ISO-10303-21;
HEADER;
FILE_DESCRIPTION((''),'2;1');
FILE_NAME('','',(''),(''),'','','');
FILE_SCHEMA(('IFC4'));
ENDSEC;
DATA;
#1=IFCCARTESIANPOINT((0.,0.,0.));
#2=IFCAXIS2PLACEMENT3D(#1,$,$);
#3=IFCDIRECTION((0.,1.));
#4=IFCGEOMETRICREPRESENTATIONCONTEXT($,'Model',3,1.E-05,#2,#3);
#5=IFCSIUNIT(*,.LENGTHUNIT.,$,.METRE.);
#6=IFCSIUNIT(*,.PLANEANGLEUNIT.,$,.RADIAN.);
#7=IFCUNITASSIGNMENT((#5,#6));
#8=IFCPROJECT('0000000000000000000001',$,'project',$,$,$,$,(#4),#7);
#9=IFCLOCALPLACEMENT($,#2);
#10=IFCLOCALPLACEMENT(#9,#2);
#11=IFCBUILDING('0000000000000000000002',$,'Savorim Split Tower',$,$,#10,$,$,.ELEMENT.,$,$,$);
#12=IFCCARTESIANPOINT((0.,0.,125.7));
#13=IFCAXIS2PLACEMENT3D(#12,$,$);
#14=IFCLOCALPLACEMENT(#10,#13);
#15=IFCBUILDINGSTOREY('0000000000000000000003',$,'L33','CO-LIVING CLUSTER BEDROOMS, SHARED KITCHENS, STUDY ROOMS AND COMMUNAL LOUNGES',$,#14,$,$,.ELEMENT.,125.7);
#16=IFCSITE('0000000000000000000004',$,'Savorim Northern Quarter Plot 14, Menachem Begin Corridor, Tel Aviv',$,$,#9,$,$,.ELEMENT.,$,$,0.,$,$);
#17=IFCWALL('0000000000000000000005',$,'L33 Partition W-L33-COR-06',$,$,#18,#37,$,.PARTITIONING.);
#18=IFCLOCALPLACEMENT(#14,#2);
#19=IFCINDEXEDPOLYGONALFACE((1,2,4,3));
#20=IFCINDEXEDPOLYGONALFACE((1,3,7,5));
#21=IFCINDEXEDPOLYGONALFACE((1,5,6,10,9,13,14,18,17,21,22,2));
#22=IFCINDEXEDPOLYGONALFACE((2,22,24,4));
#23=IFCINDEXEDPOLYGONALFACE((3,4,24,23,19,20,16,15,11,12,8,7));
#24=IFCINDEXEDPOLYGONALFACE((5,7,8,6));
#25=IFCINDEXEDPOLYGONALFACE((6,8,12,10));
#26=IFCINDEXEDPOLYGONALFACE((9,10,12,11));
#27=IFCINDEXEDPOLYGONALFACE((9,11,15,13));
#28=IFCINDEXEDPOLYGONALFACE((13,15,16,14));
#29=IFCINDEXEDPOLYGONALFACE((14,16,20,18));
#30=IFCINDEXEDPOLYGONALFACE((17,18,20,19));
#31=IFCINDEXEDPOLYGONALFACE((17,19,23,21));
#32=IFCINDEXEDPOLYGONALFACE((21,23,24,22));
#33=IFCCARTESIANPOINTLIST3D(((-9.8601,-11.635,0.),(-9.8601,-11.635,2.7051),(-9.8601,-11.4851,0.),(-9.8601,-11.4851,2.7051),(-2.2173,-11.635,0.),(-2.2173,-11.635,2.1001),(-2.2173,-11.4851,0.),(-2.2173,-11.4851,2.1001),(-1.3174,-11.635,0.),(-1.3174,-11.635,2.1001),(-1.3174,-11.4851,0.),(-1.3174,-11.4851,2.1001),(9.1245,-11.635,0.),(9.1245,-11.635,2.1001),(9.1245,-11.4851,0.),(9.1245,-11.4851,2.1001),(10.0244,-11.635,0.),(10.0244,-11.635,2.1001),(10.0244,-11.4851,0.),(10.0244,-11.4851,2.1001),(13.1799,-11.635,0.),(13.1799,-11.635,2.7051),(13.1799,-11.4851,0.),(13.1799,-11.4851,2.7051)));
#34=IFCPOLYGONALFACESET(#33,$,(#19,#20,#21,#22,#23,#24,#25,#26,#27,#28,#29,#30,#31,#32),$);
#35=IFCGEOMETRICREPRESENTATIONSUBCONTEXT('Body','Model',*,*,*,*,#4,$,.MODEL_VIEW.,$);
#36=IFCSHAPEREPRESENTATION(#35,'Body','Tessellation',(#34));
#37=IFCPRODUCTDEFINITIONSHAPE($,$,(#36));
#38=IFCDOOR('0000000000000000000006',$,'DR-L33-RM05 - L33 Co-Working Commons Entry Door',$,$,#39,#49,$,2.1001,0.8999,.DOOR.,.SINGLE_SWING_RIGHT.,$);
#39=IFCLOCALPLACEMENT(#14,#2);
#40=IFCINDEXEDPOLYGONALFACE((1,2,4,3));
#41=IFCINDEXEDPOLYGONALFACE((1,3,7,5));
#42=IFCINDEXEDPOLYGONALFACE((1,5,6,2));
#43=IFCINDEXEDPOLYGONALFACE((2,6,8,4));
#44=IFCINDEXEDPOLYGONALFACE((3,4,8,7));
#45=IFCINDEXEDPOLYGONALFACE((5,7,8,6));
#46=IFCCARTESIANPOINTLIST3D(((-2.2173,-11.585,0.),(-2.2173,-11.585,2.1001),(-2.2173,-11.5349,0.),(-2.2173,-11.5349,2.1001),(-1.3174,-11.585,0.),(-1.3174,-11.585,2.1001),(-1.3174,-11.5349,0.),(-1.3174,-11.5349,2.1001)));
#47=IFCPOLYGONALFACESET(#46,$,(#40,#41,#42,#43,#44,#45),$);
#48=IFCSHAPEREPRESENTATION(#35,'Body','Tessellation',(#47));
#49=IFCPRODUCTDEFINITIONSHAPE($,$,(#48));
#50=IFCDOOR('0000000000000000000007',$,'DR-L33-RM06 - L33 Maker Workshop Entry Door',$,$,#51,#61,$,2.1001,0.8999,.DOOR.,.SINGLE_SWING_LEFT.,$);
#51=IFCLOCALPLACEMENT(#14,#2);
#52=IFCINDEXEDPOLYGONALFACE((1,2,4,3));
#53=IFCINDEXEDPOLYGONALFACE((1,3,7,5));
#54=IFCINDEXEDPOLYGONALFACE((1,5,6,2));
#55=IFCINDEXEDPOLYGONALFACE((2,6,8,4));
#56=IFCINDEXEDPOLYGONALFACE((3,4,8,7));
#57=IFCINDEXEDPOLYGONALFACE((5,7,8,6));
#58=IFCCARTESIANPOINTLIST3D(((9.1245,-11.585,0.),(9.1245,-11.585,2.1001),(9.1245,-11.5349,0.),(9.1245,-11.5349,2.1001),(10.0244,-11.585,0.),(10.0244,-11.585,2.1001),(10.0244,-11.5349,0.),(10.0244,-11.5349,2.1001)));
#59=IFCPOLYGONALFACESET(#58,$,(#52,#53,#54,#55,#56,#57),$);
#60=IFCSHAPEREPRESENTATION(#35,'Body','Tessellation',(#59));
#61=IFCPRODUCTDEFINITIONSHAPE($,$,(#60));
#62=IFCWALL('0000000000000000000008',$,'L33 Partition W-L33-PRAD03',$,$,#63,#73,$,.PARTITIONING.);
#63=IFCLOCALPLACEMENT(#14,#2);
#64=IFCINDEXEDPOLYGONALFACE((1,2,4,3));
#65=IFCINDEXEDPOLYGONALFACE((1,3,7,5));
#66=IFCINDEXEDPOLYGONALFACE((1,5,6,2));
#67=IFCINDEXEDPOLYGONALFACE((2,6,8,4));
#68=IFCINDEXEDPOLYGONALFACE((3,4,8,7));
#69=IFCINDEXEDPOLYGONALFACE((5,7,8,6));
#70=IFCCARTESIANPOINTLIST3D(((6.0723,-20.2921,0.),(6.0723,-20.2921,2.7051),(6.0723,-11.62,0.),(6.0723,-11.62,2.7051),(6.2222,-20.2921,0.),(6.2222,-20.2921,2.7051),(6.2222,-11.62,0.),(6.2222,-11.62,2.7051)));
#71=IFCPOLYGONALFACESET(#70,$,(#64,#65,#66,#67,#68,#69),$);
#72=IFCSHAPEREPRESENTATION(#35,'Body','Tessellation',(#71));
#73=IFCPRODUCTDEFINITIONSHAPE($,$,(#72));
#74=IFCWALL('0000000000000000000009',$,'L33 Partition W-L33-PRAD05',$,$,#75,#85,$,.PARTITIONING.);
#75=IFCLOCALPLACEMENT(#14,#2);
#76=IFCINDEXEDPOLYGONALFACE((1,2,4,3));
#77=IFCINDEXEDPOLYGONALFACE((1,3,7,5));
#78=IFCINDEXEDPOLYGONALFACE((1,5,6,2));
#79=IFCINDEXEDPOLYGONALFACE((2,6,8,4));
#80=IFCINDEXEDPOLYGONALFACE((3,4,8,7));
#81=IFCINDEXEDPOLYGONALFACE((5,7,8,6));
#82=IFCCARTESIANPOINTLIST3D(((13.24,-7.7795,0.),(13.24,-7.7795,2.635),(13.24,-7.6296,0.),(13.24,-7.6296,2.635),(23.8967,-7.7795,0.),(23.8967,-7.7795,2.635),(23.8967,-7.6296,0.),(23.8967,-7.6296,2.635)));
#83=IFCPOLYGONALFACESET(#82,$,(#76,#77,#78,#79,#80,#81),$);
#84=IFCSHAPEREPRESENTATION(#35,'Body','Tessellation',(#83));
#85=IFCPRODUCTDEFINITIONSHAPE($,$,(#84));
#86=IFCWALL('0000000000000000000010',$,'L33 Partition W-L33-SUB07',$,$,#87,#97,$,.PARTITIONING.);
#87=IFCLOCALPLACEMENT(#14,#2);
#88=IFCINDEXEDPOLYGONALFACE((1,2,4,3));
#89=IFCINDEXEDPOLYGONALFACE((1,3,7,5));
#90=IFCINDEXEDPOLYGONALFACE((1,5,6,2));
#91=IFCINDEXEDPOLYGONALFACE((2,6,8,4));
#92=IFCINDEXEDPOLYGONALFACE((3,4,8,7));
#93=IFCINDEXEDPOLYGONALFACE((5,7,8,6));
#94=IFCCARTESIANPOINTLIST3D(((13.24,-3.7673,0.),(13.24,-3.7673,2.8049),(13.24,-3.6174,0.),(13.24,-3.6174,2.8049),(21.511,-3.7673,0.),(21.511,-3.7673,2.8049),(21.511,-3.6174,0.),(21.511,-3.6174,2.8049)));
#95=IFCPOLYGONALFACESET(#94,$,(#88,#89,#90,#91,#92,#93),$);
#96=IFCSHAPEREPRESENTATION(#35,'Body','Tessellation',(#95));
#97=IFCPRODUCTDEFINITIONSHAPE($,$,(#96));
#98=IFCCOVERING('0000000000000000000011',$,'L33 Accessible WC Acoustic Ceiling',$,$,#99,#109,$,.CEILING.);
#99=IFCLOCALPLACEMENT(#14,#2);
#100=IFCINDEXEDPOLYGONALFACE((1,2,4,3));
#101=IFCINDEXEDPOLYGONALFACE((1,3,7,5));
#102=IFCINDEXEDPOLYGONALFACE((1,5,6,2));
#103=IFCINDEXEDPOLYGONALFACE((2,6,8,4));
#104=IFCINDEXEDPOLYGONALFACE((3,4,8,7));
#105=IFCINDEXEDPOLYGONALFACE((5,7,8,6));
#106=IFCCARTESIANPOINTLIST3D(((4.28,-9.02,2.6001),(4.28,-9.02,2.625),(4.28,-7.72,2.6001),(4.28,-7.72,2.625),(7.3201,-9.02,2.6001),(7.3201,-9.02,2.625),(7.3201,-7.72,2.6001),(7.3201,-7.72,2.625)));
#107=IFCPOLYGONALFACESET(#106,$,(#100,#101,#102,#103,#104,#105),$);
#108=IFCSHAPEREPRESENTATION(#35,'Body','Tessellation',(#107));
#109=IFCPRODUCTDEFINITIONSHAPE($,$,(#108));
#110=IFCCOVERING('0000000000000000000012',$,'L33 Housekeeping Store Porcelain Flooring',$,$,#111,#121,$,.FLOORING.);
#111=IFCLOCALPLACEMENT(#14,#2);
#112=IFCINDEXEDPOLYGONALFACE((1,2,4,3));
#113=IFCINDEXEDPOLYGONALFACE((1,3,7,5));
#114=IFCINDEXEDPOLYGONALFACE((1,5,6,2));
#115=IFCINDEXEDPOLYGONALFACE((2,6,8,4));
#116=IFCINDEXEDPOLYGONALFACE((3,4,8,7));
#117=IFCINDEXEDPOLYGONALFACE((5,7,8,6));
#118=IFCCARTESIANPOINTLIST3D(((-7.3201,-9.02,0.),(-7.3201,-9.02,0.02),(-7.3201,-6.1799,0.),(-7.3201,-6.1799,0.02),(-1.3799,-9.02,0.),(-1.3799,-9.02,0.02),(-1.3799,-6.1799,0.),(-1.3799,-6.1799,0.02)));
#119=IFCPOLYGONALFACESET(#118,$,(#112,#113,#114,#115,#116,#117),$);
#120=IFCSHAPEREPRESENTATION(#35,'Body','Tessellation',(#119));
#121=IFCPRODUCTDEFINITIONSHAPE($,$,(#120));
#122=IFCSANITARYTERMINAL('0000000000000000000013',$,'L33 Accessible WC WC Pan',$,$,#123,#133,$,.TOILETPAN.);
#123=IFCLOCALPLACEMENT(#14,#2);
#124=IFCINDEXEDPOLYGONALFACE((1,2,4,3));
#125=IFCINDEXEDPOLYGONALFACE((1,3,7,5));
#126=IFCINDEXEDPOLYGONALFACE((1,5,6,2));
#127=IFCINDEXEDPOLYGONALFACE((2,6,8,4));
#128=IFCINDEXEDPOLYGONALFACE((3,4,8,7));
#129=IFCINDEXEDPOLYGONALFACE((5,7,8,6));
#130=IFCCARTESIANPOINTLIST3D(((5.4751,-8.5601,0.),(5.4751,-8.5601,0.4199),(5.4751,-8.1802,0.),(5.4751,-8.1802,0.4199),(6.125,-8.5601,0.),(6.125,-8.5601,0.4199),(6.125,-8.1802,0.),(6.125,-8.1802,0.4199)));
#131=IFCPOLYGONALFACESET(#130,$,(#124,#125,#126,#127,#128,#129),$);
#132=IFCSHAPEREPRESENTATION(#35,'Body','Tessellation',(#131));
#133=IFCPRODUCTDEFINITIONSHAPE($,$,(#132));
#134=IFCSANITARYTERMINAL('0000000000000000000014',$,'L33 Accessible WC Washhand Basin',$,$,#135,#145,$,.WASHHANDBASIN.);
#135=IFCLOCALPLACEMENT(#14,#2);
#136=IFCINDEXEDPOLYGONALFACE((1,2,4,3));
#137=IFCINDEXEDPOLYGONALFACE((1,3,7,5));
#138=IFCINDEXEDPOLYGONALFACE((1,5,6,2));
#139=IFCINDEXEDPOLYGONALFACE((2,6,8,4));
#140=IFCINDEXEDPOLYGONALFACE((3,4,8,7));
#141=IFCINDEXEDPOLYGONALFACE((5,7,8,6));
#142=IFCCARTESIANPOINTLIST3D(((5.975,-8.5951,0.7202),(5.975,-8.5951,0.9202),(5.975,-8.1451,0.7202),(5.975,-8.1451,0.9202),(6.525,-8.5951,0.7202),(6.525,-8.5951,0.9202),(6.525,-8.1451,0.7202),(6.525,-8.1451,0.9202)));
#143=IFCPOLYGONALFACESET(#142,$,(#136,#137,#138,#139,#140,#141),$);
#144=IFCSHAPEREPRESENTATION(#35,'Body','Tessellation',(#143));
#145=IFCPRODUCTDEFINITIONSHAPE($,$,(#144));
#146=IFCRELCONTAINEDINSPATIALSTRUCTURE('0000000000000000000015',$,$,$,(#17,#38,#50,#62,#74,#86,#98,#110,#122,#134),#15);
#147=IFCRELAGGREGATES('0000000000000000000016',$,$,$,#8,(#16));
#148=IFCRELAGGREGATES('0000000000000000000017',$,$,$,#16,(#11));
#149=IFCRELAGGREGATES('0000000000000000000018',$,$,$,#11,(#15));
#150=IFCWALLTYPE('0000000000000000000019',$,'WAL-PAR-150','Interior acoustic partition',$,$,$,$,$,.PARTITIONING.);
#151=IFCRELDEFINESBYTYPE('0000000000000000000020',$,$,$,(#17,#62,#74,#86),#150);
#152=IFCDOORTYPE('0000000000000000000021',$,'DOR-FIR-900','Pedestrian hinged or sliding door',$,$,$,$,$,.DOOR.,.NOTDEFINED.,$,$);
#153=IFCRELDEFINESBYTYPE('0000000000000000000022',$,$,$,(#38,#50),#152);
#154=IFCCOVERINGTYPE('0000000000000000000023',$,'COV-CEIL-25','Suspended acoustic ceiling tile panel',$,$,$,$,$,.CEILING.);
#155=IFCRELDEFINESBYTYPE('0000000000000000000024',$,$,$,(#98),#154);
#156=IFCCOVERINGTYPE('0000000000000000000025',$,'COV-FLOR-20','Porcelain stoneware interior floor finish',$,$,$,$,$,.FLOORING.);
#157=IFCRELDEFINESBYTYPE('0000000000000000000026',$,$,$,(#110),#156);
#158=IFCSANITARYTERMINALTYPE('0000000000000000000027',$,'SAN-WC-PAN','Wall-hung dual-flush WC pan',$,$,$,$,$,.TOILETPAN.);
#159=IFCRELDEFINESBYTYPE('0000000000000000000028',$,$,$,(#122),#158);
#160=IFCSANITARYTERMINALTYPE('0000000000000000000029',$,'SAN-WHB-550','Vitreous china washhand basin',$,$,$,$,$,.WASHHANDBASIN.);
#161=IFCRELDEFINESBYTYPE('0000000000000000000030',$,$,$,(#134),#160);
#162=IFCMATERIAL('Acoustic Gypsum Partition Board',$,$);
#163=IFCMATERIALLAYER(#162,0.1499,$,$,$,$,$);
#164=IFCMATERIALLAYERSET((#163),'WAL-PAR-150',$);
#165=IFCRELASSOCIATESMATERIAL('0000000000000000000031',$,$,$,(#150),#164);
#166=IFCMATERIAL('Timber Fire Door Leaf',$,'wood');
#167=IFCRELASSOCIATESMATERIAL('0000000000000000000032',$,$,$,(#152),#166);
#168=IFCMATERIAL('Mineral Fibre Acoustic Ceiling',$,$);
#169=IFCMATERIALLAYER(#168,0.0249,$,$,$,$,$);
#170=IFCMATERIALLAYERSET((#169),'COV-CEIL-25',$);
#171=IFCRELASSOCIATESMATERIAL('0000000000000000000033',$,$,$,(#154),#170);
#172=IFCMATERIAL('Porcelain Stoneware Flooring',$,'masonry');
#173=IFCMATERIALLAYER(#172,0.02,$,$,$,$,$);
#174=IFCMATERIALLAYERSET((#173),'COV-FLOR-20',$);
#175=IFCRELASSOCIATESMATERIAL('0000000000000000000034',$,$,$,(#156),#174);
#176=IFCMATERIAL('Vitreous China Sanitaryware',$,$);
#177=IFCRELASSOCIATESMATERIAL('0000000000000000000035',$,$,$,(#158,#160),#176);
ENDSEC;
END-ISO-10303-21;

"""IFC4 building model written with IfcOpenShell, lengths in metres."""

from ifc_helpers import new_model, si_unit, direction, frame, frame_2d, origin, origin_2d, place, context, subcontext, project, spatial, polyline, rectangle, outline, extrude, material, layer, layer_set, type_object, element, fill, save


model = new_model("IFC4")

# Units and contexts
model_context = context("Model", 3, precision=1e-05, world=origin(), true_north=direction((0.0, 1.0)))
body_context = subcontext(model_context, "Body", "Model", "MODEL_VIEW")
ifc_project = project(units=[si_unit("LENGTHUNIT", "METRE"), si_unit("PLANEANGLEUNIT", "RADIAN")], contexts=[model_context])

# Site, building, storey
site_placement = place(None, origin())
site = spatial("IfcSite", under=ifc_project, at=site_placement, Name="Savorim Northern Quarter Plot 14, Menachem Begin Corridor, Tel Aviv", CompositionType="ELEMENT", RefElevation=0.0)
building_placement = place(site_placement, origin())
building = spatial("IfcBuilding", under=site, at=building_placement, Name="Savorim Split Tower", CompositionType="ELEMENT")
storey_placement = place(building_placement, frame((0.0, 0.0, 125.7)))
storey = spatial("IfcBuildingStorey", under=building, at=storey_placement, Name="L33", Description="CO-LIVING CLUSTER BEDROOMS, SHARED KITCHENS, STUDY ROOMS AND COMMUNAL LOUNGES", CompositionType="ELEMENT", Elevation=125.7)

# Shared definitions
ifc_material_1 = material(Name="Timber Fire Door Leaf", Category="wood")

# Shared definitions
ifc_material_2 = material(Name="Acoustic Gypsum Partition Board")
ifc_layer_1 = layer(ifc_material_2, 0.1499)
ifc_layer_set_1 = layer_set([ifc_layer_1], Name="WAL-PAR-150")
wall_type_1 = type_object("IfcWallType", Name="WAL-PAR-150", Description="Interior acoustic partition", PredefinedType="PARTITIONING", material=ifc_layer_set_1)
door_type_1 = type_object("IfcDoorType", Name="DOR-FIR-900", Description="Pedestrian hinged or sliding door", OperationType="NOTDEFINED", PredefinedType="DOOR", material=ifc_material_1)

# Wall, openings, doors
wall_1_placement = place(storey_placement, frame((13.1799, -11.5601, 0.0), z_axis=(0.0, 0.0, 1.0), x_axis=(-1.0, 0.0, 0.0)))
wall_1 = element("IfcWall", 1, at=wall_1_placement, inside=storey, type_object=wall_type_1, Name="L33 Partition W-L33-COR-06", PredefinedType="PARTITIONING", context=body_context, shape_type="SweptSolid", body=[
    extrude(rectangle(XDim=23.04, YDim=0.1499, at=frame_2d((11.52, 0.0))), origin(), (0.0, 0.0, 1.0), 2.7051),
])
opening_1_placement = place(wall_1_placement, frame((14.4973, 0.0, 0.0)))
opening_1 = element("IfcOpeningElement", 2, at=opening_1_placement, cuts=wall_1, PredefinedType="OPENING", context=body_context, shape_type="SweptSolid", body=[
    extrude(rectangle(XDim=0.8999, YDim=2.1001, at=frame_2d((0.45, 1.05))), frame((0.0, 0.085, 0.0), z_axis=(0.0, -1.0, 0.0), x_axis=(1.0, 0.0, 0.0)), (0.0, 0.0, 1.0), 0.1699),
])
opening_2_placement = place(wall_1_placement, frame((3.1555, 0.0, 0.0)))
opening_2 = element("IfcOpeningElement", 3, at=opening_2_placement, cuts=wall_1, PredefinedType="OPENING", context=body_context, shape_type="SweptSolid", body=[
    extrude(rectangle(XDim=0.8999, YDim=2.1001, at=frame_2d((0.45, 1.05))), frame((0.0, 0.085, 0.0), z_axis=(0.0, -1.0, 0.0), x_axis=(1.0, 0.0, 0.0)), (0.0, 0.0, 1.0), 0.1699),
])
door_1_placement = place(opening_1_placement, origin())
door_1 = element("IfcDoor", 4, at=door_1_placement, inside=storey, type_object=door_type_1, Name="DR-L33-RM05 - L33 Co-Working Commons Entry Door", OperationType="SINGLE_SWING_RIGHT", OverallHeight=2.1001, OverallWidth=0.8999, PredefinedType="DOOR", context=body_context, shape_type="SweptSolid", body=[
    extrude(rectangle(XDim=0.8999, YDim=2.1001, at=frame_2d((0.45, 1.05))), frame((0.0, 0.0249, 0.0), z_axis=(0.0, -1.0, 0.0), x_axis=(1.0, 0.0, 0.0)), (0.0, 0.0, 1.0), 0.05),
])
fill(opening_1, door_1)
door_2_placement = place(opening_2_placement, origin())
door_2 = element("IfcDoor", 5, at=door_2_placement, inside=storey, type_object=door_type_1, Name="DR-L33-RM06 - L33 Maker Workshop Entry Door", OperationType="SINGLE_SWING_LEFT", OverallHeight=2.1001, OverallWidth=0.8999, PredefinedType="DOOR", context=body_context, shape_type="SweptSolid", body=[
    extrude(rectangle(XDim=0.8999, YDim=2.1001, at=frame_2d((0.45, 1.05))), frame((0.0, 0.0249, 0.0), z_axis=(0.0, -1.0, 0.0), x_axis=(1.0, 0.0, 0.0)), (0.0, 0.0, 1.0), 0.05),
])
fill(opening_2, door_2)

# Walls
wall_2_placement = place(storey_placement, frame((6.1472, -11.6201, 0.0), z_axis=(0.0, 0.0, 1.0), x_axis=(0.0, -1.0, 0.0)))
element("IfcWall", 6, at=wall_2_placement, inside=storey, type_object=wall_type_1, Name="L33 Partition W-L33-PRAD03", PredefinedType="PARTITIONING", context=body_context, shape_type="SweptSolid", body=[
    extrude(rectangle(XDim=8.6721, YDim=0.1499, at=frame_2d((4.3359, 0.0))), origin(), (0.0, 0.0, 1.0), 2.7051),
])
wall_3_placement = place(storey_placement, frame((13.24, -7.7046, 0.0), z_axis=(0.0, 0.0, 1.0), x_axis=(1.0, 0.0, 0.0)))
element("IfcWall", 7, at=wall_3_placement, inside=storey, type_object=wall_type_1, Name="L33 Partition W-L33-PRAD05", PredefinedType="PARTITIONING", context=body_context, shape_type="SweptSolid", body=[
    extrude(rectangle(XDim=10.6567, YDim=0.1499, at=frame_2d((5.3284, 0.0))), origin(), (0.0, 0.0, 1.0), 2.635),
])
wall_4_placement = place(storey_placement, frame((13.24, -3.6924, 0.0), z_axis=(0.0, 0.0, 1.0), x_axis=(1.0, 0.0, 0.0)))
element("IfcWall", 8, at=wall_4_placement, inside=storey, type_object=wall_type_1, Name="L33 Partition W-L33-SUB07", PredefinedType="PARTITIONING", context=body_context, shape_type="SweptSolid", body=[
    extrude(rectangle(XDim=8.271, YDim=0.1499, at=frame_2d((4.1355, 0.0))), origin(), (0.0, 0.0, 1.0), 2.8049),
])

# Coverings
ifc_material_3 = material(Name="Mineral Fibre Acoustic Ceiling")
ifc_layer_2 = layer(ifc_material_3, 0.0249)
ifc_layer_set_2 = layer_set([ifc_layer_2], Name="COV-CEIL-25")
covering_type_1 = type_object("IfcCoveringType", Name="COV-CEIL-25", Description="Suspended acoustic ceiling tile panel", PredefinedType="CEILING", material=ifc_layer_set_2)
covering_1_placement = place(storey_placement, frame((0.0, 0.0, 2.6001)))
element("IfcCovering", 9, at=covering_1_placement, inside=storey, type_object=covering_type_1, Name="L33 Accessible WC Acoustic Ceiling", PredefinedType="CEILING", context=body_context, shape_type="SweptSolid", body=[
    extrude(outline(polyline([(4.28, -7.72), (4.28, -9.02), (7.3201, -9.02), (7.3201, -7.72), (4.28, -7.72)])), origin(), (0.0, 0.0, 1.0), 0.0249),
])
ifc_material_4 = material(Name="Porcelain Stoneware Flooring", Category="masonry")
ifc_layer_3 = layer(ifc_material_4, 0.02)
ifc_layer_set_3 = layer_set([ifc_layer_3], Name="COV-FLOR-20")
covering_type_2 = type_object("IfcCoveringType", Name="COV-FLOR-20", Description="Porcelain stoneware interior floor finish", PredefinedType="FLOORING", material=ifc_layer_set_3)
covering_2_placement = place(storey_placement, origin())
element("IfcCovering", 10, at=covering_2_placement, inside=storey, type_object=covering_type_2, Name="L33 Housekeeping Store Porcelain Flooring", PredefinedType="FLOORING", context=body_context, shape_type="SweptSolid", body=[
    extrude(outline(polyline([(-7.3201, -6.1799), (-7.3201, -9.02), (-1.3799, -9.02), (-1.3799, -6.1799), (-7.3201, -6.1799)])), origin(), (0.0, 0.0, 1.0), 0.02),
])

# Sanitary terminals
ifc_material_5 = material(Name="Vitreous China Sanitaryware")
sanitary_terminal_type_1 = type_object("IfcSanitaryTerminalType", Name="SAN-WC-PAN", Description="Wall-hung dual-flush WC pan", PredefinedType="TOILETPAN", material=ifc_material_5)
sanitary_terminal_1_placement = place(storey_placement, frame((5.8, -8.3701, 0.0), z_axis=(0.0, 0.0, 1.0), x_axis=(1.0, 0.0, 0.0)))
element("IfcSanitaryTerminal", 11, at=sanitary_terminal_1_placement, inside=storey, type_object=sanitary_terminal_type_1, Name="L33 Accessible WC WC Pan", PredefinedType="TOILETPAN", context=body_context, shape_type="SweptSolid", body=[
    extrude(rectangle(XDim=0.6499, YDim=0.3799, at=origin_2d()), origin(), (0.0, 0.0, 1.0), 0.4199),
])
sanitary_terminal_type_2 = type_object("IfcSanitaryTerminalType", Name="SAN-WHB-550", Description="Vitreous china washhand basin", PredefinedType="WASHHANDBASIN", material=ifc_material_5)
sanitary_terminal_2_placement = place(storey_placement, frame((6.25, -8.3701, 0.7202), z_axis=(0.0, 0.0, 1.0), x_axis=(1.0, 0.0, 0.0)))
element("IfcSanitaryTerminal", 12, at=sanitary_terminal_2_placement, inside=storey, type_object=sanitary_terminal_type_2, Name="L33 Accessible WC Washhand Basin", PredefinedType="WASHHANDBASIN", context=body_context, shape_type="SweptSolid", body=[
    extrude(rectangle(XDim=0.55, YDim=0.45, at=origin_2d()), origin(), (0.0, 0.0, 1.0), 0.2),
])

save(model, "model.ifc")
